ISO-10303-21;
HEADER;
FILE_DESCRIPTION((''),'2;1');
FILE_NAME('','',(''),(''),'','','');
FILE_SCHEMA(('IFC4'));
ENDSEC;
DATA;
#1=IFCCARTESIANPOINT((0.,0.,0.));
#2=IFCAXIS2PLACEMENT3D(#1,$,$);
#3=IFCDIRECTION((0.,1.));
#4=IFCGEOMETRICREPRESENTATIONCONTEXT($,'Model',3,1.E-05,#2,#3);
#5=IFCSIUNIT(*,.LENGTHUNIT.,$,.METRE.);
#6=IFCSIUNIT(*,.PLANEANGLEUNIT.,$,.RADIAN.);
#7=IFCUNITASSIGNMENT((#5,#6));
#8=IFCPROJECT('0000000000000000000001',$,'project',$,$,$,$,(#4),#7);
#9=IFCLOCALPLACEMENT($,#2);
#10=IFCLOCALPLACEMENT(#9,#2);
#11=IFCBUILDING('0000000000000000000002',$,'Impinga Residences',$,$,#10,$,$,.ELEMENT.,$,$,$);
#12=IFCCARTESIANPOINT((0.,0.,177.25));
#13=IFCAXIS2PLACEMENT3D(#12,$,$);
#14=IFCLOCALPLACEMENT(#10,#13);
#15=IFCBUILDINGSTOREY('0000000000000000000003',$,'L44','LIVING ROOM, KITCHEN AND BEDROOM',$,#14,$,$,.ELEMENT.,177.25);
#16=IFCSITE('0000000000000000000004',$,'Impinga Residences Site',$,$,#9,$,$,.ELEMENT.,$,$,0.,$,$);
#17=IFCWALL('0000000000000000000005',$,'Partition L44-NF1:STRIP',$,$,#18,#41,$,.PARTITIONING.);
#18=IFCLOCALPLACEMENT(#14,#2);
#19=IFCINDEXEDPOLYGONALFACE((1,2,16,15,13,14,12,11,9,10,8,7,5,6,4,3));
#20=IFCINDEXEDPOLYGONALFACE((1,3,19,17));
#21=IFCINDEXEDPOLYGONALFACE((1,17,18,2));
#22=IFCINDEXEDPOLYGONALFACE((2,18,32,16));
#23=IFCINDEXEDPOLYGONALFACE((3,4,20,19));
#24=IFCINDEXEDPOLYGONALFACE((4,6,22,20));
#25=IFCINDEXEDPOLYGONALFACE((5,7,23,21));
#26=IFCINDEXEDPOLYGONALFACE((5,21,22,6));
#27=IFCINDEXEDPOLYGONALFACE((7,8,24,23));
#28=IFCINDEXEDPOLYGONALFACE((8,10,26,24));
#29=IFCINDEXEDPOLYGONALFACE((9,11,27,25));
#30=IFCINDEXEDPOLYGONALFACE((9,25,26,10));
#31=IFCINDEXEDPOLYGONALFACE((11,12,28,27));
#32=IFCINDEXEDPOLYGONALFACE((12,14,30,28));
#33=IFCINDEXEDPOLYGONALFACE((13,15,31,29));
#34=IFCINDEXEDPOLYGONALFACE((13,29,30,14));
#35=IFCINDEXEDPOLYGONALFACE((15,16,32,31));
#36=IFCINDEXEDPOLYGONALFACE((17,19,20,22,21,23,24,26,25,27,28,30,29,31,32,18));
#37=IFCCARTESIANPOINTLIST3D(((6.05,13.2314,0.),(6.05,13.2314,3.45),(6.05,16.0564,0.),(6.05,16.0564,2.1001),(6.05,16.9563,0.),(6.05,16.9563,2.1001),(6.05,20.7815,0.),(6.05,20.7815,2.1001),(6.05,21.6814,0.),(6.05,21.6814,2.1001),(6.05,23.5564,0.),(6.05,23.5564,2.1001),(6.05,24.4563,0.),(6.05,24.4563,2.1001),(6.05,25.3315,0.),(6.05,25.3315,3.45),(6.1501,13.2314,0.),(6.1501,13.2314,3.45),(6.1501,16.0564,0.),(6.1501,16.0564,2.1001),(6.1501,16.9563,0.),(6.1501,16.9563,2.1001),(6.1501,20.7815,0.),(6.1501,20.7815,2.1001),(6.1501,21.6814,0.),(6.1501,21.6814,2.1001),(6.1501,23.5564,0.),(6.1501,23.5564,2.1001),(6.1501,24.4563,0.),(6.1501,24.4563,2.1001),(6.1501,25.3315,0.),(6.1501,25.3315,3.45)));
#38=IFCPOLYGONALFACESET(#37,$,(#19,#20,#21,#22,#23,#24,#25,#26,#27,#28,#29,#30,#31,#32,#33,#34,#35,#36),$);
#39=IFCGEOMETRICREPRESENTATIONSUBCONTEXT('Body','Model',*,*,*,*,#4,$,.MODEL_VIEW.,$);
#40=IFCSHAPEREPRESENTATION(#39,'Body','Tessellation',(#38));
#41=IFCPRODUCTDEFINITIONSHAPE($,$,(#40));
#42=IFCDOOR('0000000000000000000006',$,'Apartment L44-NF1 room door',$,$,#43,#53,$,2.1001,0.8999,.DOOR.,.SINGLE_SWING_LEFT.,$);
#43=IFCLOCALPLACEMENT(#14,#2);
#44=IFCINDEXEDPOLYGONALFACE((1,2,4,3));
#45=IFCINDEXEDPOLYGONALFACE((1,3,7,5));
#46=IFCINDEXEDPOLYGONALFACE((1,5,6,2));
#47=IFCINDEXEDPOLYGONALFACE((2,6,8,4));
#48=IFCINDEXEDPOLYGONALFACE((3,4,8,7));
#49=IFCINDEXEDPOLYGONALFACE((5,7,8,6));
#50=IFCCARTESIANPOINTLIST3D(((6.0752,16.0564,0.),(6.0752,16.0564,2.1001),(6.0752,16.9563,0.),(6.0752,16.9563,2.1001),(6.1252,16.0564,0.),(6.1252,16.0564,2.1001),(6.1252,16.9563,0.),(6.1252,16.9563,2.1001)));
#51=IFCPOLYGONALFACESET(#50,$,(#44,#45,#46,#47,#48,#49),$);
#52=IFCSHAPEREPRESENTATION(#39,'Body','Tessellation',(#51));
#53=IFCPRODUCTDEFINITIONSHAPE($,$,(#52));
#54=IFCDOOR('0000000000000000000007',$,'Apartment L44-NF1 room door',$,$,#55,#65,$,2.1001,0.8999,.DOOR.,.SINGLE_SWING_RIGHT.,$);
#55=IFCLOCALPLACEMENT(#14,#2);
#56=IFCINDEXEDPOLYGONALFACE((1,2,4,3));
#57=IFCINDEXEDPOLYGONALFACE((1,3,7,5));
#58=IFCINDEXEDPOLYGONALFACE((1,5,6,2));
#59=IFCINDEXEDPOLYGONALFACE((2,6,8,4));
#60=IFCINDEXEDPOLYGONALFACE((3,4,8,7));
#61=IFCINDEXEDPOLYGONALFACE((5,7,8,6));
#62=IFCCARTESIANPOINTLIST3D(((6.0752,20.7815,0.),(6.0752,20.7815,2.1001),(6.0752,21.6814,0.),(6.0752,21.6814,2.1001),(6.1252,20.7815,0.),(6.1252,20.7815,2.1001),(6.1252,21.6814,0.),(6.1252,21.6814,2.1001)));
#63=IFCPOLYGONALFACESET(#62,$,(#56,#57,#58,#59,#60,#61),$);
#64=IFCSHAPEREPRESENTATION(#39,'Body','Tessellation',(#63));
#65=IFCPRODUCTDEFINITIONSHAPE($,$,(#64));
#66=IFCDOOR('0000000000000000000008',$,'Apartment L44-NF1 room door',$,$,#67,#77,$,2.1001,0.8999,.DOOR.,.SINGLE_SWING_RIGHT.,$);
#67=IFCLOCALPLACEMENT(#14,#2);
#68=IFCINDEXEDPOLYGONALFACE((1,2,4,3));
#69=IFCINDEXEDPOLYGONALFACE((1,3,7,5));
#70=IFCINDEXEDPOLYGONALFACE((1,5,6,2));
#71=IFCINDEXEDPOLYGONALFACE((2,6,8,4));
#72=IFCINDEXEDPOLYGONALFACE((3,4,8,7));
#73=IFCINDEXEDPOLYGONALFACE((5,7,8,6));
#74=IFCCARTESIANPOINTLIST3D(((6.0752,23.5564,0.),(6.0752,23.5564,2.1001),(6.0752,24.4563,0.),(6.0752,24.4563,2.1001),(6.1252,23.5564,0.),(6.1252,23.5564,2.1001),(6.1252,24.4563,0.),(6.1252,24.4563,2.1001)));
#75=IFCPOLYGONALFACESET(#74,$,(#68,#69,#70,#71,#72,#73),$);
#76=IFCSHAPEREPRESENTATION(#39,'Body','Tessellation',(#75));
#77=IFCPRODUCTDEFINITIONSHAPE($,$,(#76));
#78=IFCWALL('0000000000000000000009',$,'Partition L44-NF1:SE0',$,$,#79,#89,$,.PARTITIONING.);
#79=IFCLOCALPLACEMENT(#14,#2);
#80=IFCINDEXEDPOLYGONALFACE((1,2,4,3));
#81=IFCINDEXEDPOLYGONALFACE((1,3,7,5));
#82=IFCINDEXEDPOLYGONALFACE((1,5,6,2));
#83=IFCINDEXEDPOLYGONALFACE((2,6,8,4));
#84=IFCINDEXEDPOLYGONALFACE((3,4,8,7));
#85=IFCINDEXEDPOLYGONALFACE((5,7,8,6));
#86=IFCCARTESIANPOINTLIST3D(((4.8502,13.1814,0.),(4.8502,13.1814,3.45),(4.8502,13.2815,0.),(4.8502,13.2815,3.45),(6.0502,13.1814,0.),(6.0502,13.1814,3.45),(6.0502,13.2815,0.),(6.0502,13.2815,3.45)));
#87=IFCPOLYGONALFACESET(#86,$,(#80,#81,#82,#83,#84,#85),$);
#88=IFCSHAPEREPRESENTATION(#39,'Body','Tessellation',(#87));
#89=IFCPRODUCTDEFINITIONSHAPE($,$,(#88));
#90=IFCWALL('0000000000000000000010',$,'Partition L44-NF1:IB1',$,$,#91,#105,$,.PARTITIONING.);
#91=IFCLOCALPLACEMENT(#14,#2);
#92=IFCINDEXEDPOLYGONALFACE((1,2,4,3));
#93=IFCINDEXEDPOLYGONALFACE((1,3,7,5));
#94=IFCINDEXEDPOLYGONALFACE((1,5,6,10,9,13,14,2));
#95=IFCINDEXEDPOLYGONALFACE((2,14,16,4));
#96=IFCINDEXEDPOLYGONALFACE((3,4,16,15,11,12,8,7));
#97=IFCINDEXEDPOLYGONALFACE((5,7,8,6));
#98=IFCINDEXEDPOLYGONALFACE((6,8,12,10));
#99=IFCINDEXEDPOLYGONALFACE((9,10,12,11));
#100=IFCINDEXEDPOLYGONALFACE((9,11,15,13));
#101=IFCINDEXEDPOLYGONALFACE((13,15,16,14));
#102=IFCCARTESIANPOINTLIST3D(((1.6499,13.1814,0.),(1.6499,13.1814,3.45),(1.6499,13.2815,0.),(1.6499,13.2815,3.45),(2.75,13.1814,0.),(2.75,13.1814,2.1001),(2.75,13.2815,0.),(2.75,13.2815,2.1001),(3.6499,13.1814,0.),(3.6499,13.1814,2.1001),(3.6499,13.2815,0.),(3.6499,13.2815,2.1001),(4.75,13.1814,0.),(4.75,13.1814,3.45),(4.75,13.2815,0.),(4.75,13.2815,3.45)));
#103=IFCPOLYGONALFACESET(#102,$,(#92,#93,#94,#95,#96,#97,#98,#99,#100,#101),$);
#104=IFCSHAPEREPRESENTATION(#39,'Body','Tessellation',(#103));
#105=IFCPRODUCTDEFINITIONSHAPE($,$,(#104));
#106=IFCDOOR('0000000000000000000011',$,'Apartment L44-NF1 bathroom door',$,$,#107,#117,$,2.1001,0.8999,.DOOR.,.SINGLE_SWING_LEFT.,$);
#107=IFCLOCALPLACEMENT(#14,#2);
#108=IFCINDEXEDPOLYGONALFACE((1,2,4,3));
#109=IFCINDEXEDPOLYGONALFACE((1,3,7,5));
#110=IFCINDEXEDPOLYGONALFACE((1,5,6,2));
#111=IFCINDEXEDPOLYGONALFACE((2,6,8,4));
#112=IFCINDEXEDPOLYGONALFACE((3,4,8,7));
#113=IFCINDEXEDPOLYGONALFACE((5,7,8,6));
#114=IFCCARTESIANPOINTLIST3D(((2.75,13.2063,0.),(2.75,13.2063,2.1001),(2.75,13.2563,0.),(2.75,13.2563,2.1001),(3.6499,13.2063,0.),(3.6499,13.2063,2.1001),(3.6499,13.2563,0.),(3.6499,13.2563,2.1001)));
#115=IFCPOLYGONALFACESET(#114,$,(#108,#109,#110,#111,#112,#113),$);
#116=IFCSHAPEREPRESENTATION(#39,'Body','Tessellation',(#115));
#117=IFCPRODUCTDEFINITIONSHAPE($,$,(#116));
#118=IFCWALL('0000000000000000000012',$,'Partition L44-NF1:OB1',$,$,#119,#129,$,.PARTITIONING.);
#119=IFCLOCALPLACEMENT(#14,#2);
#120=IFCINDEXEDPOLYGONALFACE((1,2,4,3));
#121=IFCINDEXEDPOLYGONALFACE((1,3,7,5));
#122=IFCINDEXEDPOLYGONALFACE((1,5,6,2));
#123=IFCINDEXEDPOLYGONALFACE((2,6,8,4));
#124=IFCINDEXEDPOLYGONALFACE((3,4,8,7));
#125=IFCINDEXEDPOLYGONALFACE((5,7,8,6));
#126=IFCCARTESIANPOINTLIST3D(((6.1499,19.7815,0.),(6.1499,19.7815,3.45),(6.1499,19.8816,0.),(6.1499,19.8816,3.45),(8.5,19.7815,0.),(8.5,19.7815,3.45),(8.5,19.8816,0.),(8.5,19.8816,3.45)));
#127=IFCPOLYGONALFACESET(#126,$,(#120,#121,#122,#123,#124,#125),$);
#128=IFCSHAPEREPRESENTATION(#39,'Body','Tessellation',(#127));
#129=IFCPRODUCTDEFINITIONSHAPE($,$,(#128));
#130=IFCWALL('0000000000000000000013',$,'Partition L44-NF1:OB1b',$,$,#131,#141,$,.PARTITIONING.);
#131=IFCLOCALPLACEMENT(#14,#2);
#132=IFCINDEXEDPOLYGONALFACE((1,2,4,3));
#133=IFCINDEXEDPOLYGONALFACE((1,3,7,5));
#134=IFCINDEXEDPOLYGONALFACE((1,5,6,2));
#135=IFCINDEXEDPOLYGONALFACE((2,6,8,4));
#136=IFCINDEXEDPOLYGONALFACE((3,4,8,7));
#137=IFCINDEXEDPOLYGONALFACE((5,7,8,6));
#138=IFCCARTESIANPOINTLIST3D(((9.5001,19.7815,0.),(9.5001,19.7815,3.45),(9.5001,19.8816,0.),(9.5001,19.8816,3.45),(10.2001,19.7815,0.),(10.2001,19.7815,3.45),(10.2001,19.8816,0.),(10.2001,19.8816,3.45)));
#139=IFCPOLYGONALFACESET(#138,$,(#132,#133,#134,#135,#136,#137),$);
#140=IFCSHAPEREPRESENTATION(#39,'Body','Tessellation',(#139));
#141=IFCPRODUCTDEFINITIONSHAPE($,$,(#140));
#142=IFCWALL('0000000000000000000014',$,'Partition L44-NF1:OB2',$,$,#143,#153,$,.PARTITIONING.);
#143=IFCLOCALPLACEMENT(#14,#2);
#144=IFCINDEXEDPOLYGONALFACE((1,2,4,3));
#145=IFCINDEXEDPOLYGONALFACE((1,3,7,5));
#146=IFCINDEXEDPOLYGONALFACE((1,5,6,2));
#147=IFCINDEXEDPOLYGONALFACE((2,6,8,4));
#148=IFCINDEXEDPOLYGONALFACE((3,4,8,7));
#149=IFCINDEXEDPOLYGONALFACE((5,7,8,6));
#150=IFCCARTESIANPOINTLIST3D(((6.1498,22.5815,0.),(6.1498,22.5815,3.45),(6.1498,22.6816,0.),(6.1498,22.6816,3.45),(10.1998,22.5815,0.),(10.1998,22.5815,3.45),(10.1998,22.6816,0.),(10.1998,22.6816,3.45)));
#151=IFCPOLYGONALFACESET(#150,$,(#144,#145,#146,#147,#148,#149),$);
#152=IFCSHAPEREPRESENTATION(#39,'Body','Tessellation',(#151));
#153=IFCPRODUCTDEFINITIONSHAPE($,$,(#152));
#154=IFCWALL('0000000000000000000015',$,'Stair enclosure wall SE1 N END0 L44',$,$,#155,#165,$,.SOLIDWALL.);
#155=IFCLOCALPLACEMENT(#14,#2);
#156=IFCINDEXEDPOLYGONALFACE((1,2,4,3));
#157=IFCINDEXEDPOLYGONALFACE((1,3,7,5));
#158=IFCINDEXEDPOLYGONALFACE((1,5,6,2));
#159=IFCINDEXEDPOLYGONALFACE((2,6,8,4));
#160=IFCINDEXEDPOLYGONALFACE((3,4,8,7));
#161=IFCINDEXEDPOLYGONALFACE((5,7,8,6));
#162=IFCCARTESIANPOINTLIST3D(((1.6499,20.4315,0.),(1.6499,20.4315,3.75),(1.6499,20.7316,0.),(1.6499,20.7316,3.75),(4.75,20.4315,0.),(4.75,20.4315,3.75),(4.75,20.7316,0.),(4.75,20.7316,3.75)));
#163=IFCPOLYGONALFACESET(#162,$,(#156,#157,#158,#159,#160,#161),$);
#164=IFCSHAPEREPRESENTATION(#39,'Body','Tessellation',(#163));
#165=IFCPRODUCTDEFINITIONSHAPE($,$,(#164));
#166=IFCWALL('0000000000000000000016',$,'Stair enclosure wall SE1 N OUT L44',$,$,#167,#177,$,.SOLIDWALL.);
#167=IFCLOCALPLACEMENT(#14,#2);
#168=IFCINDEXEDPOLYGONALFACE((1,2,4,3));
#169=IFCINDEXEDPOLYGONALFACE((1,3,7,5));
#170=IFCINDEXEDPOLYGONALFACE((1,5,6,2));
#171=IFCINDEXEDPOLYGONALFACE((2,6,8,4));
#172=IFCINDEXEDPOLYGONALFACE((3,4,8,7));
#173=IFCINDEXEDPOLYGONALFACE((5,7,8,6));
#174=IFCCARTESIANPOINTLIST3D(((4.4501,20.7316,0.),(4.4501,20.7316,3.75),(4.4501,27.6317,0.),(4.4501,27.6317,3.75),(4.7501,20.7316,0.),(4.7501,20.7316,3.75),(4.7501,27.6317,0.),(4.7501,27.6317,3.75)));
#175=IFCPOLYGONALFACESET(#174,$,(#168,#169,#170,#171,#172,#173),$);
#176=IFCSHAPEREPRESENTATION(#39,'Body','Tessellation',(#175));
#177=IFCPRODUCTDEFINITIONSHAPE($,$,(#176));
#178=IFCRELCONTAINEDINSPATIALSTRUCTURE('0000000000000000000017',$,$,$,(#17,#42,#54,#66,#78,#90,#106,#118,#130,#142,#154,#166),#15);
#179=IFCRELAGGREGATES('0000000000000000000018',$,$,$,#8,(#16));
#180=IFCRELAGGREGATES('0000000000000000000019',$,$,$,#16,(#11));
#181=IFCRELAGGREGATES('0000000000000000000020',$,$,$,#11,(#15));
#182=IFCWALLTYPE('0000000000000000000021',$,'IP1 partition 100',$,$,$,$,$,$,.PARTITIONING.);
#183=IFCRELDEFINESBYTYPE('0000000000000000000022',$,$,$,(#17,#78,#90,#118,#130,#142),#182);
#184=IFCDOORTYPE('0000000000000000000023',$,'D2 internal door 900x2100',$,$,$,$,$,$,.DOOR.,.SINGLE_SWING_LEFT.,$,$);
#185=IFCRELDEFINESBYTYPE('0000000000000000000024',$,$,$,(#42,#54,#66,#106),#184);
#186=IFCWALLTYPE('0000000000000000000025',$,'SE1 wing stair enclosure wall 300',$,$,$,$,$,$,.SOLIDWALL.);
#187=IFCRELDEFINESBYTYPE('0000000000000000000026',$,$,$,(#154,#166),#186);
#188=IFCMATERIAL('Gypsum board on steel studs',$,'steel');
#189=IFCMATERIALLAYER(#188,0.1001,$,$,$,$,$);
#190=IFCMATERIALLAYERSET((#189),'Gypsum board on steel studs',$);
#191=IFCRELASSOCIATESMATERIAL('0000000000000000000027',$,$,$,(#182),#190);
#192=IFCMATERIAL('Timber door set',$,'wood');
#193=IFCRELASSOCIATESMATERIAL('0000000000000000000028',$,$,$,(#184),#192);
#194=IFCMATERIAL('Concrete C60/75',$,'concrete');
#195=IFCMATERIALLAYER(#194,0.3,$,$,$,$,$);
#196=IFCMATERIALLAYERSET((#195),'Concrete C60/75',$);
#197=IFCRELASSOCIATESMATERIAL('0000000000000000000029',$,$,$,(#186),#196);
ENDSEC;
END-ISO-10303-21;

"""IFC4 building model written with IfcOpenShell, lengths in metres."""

from ifc_helpers import new_model, si_unit, direction, frame, frame_2d, origin, place, context, subcontext, project, spatial, rectangle, extrude, material, layer, layer_set, type_object, element, fill, save


model = new_model("IFC4")

# Units and contexts
model_context = context("Model", 3, precision=1e-05, world=origin(), true_north=direction((0.0, 1.0)))
body_context = subcontext(model_context, "Body", "Model", "MODEL_VIEW")
ifc_project = project(units=[si_unit("LENGTHUNIT", "METRE"), si_unit("PLANEANGLEUNIT", "RADIAN")], contexts=[model_context])

# Site, building, storey
site_placement = place(None, origin())
site = spatial("IfcSite", under=ifc_project, at=site_placement, Name="Impinga Residences Site", CompositionType="ELEMENT", RefElevation=0.0)
building_placement = place(site_placement, origin())
building = spatial("IfcBuilding", under=site, at=building_placement, Name="Impinga Residences", CompositionType="ELEMENT")
storey_placement = place(building_placement, frame((0.0, 0.0, 177.25)))
storey = spatial("IfcBuildingStorey", under=building, at=storey_placement, Name="L44", Description="LIVING ROOM, KITCHEN AND BEDROOM", CompositionType="ELEMENT", Elevation=177.25)

# Shared definitions
ifc_material_1 = material(Name="Concrete C60/75", Category="concrete")

# Shared definitions
ifc_material_2 = material(Name="Timber door set", Category="wood")

# Shared definitions
ifc_material_3 = material(Name="Gypsum board on steel studs", Category="steel")
ifc_layer_1 = layer(ifc_material_3, 0.1001)
ifc_layer_set_1 = layer_set([ifc_layer_1], Name="Gypsum board on steel studs")
wall_type_1 = type_object("IfcWallType", Name="IP1 partition 100", PredefinedType="PARTITIONING", material=ifc_layer_set_1)

# Wall, openings, doors
wall_1_placement = place(storey_placement, frame((6.1001, 13.2314, 0.0), z_axis=(0.0, 0.0, 1.0), x_axis=(0.0, 1.0, 0.0)))
wall_1 = element("IfcWall", 1, at=wall_1_placement, inside=storey, type_object=wall_type_1, Name="Partition L44-NF1:STRIP", PredefinedType="PARTITIONING", context=body_context, shape_type="SweptSolid", body=[
    extrude(rectangle(XDim=12.1001, YDim=0.1001, at=frame_2d((6.05, 0.0))), origin(), (0.0, 0.0, 1.0), 3.45),
])
opening_1_placement = place(wall_1_placement, frame((2.825, 0.0, 0.0)))
opening_1 = element("IfcOpeningElement", 2, at=opening_1_placement, cuts=wall_1, PredefinedType="OPENING", context=body_context, shape_type="SweptSolid", body=[
    extrude(rectangle(XDim=0.8999, YDim=2.1001, at=frame_2d((0.45, 1.05))), frame((0.0, 0.0601, 0.0), z_axis=(0.0, -1.0, 0.0), x_axis=(1.0, 0.0, 0.0)), (0.0, 0.0, 1.0), 0.1201),
])
opening_2_placement = place(wall_1_placement, frame((7.55, 0.0, 0.0)))
opening_2 = element("IfcOpeningElement", 3, at=opening_2_placement, cuts=wall_1, PredefinedType="OPENING", context=body_context, shape_type="SweptSolid", body=[
    extrude(rectangle(XDim=0.8999, YDim=2.1001, at=frame_2d((0.45, 1.05))), frame((0.0, 0.0601, 0.0), z_axis=(0.0, -1.0, 0.0), x_axis=(1.0, 0.0, 0.0)), (0.0, 0.0, 1.0), 0.1201),
])
opening_3_placement = place(wall_1_placement, frame((10.325, 0.0, 0.0)))
opening_3 = element("IfcOpeningElement", 4, at=opening_3_placement, cuts=wall_1, PredefinedType="OPENING", context=body_context, shape_type="SweptSolid", body=[
    extrude(rectangle(XDim=0.8999, YDim=2.1001, at=frame_2d((0.45, 1.05))), frame((0.0, 0.0601, 0.0), z_axis=(0.0, -1.0, 0.0), x_axis=(1.0, 0.0, 0.0)), (0.0, 0.0, 1.0), 0.1201),
])
door_type_1 = type_object("IfcDoorType", Name="D2 internal door 900x2100", OperationType="SINGLE_SWING_LEFT", PredefinedType="DOOR", material=ifc_material_2)
door_1_placement = place(opening_1_placement, origin())
door_1 = element("IfcDoor", 5, at=door_1_placement, inside=storey, type_object=door_type_1, Name="Apartment L44-NF1 room door", OperationType="SINGLE_SWING_LEFT", OverallHeight=2.1001, OverallWidth=0.8999, PredefinedType="DOOR", context=body_context, shape_type="SweptSolid", body=[
    extrude(rectangle(XDim=0.8999, YDim=2.1001, at=frame_2d((0.45, 1.05))), frame((0.0, 0.0249, 0.0), z_axis=(0.0, -1.0, 0.0), x_axis=(1.0, 0.0, 0.0)), (0.0, 0.0, 1.0), 0.05),
])
fill(opening_1, door_1)
door_2_placement = place(opening_2_placement, origin())
door_2 = element("IfcDoor", 6, at=door_2_placement, inside=storey, type_object=door_type_1, Name="Apartment L44-NF1 room door", OperationType="SINGLE_SWING_RIGHT", OverallHeight=2.1001, OverallWidth=0.8999, PredefinedType="DOOR", context=body_context, shape_type="SweptSolid", body=[
    extrude(rectangle(XDim=0.8999, YDim=2.1001, at=frame_2d((0.45, 1.05))), frame((0.0, 0.0249, 0.0), z_axis=(0.0, -1.0, 0.0), x_axis=(1.0, 0.0, 0.0)), (0.0, 0.0, 1.0), 0.05),
])
fill(opening_2, door_2)
door_3_placement = place(opening_3_placement, origin())
door_3 = element("IfcDoor", 7, at=door_3_placement, inside=storey, type_object=door_type_1, Name="Apartment L44-NF1 room door", OperationType="SINGLE_SWING_RIGHT", OverallHeight=2.1001, OverallWidth=0.8999, PredefinedType="DOOR", context=body_context, shape_type="SweptSolid", body=[
    extrude(rectangle(XDim=0.8999, YDim=2.1001, at=frame_2d((0.45, 1.05))), frame((0.0, 0.0249, 0.0), z_axis=(0.0, -1.0, 0.0), x_axis=(1.0, 0.0, 0.0)), (0.0, 0.0, 1.0), 0.05),
])
fill(opening_3, door_3)

# Wall
wall_2_placement = place(storey_placement, frame((4.8501, 13.2314, 0.0), z_axis=(0.0, 0.0, 1.0), x_axis=(1.0, 0.0, 0.0)))
element("IfcWall", 8, at=wall_2_placement, inside=storey, type_object=wall_type_1, Name="Partition L44-NF1:SE0", PredefinedType="PARTITIONING", context=body_context, shape_type="SweptSolid", body=[
    extrude(rectangle(XDim=1.2, YDim=0.1001, at=frame_2d((0.6001, 0.0))), origin(), (0.0, 0.0, 1.0), 3.45),
])

# Wall, opening, door
wall_3_placement = place(storey_placement, frame((1.6499, 13.2314, 0.0), z_axis=(0.0, 0.0, 1.0), x_axis=(1.0, 0.0, 0.0)))
wall_3 = element("IfcWall", 9, at=wall_3_placement, inside=storey, type_object=wall_type_1, Name="Partition L44-NF1:IB1", PredefinedType="PARTITIONING", context=body_context, shape_type="SweptSolid", body=[
    extrude(rectangle(XDim=3.1001, YDim=0.1001, at=frame_2d((1.55, 0.0))), origin(), (0.0, 0.0, 1.0), 3.45),
])
opening_4_placement = place(wall_3_placement, frame((1.1001, 0.0, 0.0)))
opening_4 = element("IfcOpeningElement", 10, at=opening_4_placement, cuts=wall_3, PredefinedType="OPENING", context=body_context, shape_type="SweptSolid", body=[
    extrude(rectangle(XDim=0.8999, YDim=2.1001, at=frame_2d((0.45, 1.05))), frame((0.0, 0.0601, 0.0), z_axis=(0.0, -1.0, 0.0), x_axis=(1.0, 0.0, 0.0)), (0.0, 0.0, 1.0), 0.1201),
])
door_4_placement = place(opening_4_placement, origin())
door_4 = element("IfcDoor", 11, at=door_4_placement, inside=storey, type_object=door_type_1, Name="Apartment L44-NF1 bathroom door", OperationType="SINGLE_SWING_LEFT", OverallHeight=2.1001, OverallWidth=0.8999, PredefinedType="DOOR", context=body_context, shape_type="SweptSolid", body=[
    extrude(rectangle(XDim=0.8999, YDim=2.1001, at=frame_2d((0.45, 1.05))), frame((0.0, 0.0249, 0.0), z_axis=(0.0, -1.0, 0.0), x_axis=(1.0, 0.0, 0.0)), (0.0, 0.0, 1.0), 0.05),
])
fill(opening_4, door_4)

# Walls
wall_4_placement = place(storey_placement, frame((6.1499, 19.8315, 0.0), z_axis=(0.0, 0.0, 1.0), x_axis=(1.0, 0.0, 0.0)))
element("IfcWall", 12, at=wall_4_placement, inside=storey, type_object=wall_type_1, Name="Partition L44-NF1:OB1", PredefinedType="PARTITIONING", context=body_context, shape_type="SweptSolid", body=[
    extrude(rectangle(XDim=2.3501, YDim=0.1001, at=frame_2d((1.175, 0.0))), origin(), (0.0, 0.0, 1.0), 3.45),
])
wall_5_placement = place(storey_placement, frame((9.5, 19.8315, 0.0), z_axis=(0.0, 0.0, 1.0), x_axis=(1.0, 0.0, 0.0)))
element("IfcWall", 13, at=wall_5_placement, inside=storey, type_object=wall_type_1, Name="Partition L44-NF1:OB1b", PredefinedType="PARTITIONING", context=body_context, shape_type="SweptSolid", body=[
    extrude(rectangle(XDim=0.7, YDim=0.1001, at=frame_2d((0.3501, 0.0))), origin(), (0.0, 0.0, 1.0), 3.45),
])
wall_6_placement = place(storey_placement, frame((6.1499, 22.6316, 0.0), z_axis=(0.0, 0.0, 1.0), x_axis=(1.0, 0.0, 0.0)))
element("IfcWall", 14, at=wall_6_placement, inside=storey, type_object=wall_type_1, Name="Partition L44-NF1:OB2", PredefinedType="PARTITIONING", context=body_context, shape_type="SweptSolid", body=[
    extrude(rectangle(XDim=4.05, YDim=0.1001, at=frame_2d((2.0249, 0.0))), origin(), (0.0, 0.0, 1.0), 3.45),
])
ifc_layer_2 = layer(ifc_material_1, 0.3)
ifc_layer_set_2 = layer_set([ifc_layer_2], Name="Concrete C60/75")
wall_type_2 = type_object("IfcWallType", Name="SE1 wing stair enclosure wall 300", PredefinedType="SOLIDWALL", material=ifc_layer_set_2)
wall_7_placement = place(storey_placement, frame((1.6499, 20.5815, 0.0), z_axis=(0.0, 0.0, 1.0), x_axis=(1.0, 0.0, 0.0)))
element("IfcWall", 15, at=wall_7_placement, inside=storey, type_object=wall_type_2, Name="Stair enclosure wall SE1 N END0 L44", PredefinedType="SOLIDWALL", context=body_context, shape_type="SweptSolid", body=[
    extrude(rectangle(XDim=3.1001, YDim=0.3, at=frame_2d((1.55, 0.0))), origin(), (0.0, 0.0, 1.0), 3.75),
])
wall_8_placement = place(storey_placement, frame((4.6001, 20.7314, 0.0), z_axis=(0.0, 0.0, 1.0), x_axis=(0.0, 1.0, 0.0)))
element("IfcWall", 16, at=wall_8_placement, inside=storey, type_object=wall_type_2, Name="Stair enclosure wall SE1 N OUT L44", PredefinedType="SOLIDWALL", context=body_context, shape_type="SweptSolid", body=[
    extrude(rectangle(XDim=6.9001, YDim=0.3, at=frame_2d((3.4502, 0.0))), origin(), (0.0, 0.0, 1.0), 3.75),
])

save(model, "model.ifc")
